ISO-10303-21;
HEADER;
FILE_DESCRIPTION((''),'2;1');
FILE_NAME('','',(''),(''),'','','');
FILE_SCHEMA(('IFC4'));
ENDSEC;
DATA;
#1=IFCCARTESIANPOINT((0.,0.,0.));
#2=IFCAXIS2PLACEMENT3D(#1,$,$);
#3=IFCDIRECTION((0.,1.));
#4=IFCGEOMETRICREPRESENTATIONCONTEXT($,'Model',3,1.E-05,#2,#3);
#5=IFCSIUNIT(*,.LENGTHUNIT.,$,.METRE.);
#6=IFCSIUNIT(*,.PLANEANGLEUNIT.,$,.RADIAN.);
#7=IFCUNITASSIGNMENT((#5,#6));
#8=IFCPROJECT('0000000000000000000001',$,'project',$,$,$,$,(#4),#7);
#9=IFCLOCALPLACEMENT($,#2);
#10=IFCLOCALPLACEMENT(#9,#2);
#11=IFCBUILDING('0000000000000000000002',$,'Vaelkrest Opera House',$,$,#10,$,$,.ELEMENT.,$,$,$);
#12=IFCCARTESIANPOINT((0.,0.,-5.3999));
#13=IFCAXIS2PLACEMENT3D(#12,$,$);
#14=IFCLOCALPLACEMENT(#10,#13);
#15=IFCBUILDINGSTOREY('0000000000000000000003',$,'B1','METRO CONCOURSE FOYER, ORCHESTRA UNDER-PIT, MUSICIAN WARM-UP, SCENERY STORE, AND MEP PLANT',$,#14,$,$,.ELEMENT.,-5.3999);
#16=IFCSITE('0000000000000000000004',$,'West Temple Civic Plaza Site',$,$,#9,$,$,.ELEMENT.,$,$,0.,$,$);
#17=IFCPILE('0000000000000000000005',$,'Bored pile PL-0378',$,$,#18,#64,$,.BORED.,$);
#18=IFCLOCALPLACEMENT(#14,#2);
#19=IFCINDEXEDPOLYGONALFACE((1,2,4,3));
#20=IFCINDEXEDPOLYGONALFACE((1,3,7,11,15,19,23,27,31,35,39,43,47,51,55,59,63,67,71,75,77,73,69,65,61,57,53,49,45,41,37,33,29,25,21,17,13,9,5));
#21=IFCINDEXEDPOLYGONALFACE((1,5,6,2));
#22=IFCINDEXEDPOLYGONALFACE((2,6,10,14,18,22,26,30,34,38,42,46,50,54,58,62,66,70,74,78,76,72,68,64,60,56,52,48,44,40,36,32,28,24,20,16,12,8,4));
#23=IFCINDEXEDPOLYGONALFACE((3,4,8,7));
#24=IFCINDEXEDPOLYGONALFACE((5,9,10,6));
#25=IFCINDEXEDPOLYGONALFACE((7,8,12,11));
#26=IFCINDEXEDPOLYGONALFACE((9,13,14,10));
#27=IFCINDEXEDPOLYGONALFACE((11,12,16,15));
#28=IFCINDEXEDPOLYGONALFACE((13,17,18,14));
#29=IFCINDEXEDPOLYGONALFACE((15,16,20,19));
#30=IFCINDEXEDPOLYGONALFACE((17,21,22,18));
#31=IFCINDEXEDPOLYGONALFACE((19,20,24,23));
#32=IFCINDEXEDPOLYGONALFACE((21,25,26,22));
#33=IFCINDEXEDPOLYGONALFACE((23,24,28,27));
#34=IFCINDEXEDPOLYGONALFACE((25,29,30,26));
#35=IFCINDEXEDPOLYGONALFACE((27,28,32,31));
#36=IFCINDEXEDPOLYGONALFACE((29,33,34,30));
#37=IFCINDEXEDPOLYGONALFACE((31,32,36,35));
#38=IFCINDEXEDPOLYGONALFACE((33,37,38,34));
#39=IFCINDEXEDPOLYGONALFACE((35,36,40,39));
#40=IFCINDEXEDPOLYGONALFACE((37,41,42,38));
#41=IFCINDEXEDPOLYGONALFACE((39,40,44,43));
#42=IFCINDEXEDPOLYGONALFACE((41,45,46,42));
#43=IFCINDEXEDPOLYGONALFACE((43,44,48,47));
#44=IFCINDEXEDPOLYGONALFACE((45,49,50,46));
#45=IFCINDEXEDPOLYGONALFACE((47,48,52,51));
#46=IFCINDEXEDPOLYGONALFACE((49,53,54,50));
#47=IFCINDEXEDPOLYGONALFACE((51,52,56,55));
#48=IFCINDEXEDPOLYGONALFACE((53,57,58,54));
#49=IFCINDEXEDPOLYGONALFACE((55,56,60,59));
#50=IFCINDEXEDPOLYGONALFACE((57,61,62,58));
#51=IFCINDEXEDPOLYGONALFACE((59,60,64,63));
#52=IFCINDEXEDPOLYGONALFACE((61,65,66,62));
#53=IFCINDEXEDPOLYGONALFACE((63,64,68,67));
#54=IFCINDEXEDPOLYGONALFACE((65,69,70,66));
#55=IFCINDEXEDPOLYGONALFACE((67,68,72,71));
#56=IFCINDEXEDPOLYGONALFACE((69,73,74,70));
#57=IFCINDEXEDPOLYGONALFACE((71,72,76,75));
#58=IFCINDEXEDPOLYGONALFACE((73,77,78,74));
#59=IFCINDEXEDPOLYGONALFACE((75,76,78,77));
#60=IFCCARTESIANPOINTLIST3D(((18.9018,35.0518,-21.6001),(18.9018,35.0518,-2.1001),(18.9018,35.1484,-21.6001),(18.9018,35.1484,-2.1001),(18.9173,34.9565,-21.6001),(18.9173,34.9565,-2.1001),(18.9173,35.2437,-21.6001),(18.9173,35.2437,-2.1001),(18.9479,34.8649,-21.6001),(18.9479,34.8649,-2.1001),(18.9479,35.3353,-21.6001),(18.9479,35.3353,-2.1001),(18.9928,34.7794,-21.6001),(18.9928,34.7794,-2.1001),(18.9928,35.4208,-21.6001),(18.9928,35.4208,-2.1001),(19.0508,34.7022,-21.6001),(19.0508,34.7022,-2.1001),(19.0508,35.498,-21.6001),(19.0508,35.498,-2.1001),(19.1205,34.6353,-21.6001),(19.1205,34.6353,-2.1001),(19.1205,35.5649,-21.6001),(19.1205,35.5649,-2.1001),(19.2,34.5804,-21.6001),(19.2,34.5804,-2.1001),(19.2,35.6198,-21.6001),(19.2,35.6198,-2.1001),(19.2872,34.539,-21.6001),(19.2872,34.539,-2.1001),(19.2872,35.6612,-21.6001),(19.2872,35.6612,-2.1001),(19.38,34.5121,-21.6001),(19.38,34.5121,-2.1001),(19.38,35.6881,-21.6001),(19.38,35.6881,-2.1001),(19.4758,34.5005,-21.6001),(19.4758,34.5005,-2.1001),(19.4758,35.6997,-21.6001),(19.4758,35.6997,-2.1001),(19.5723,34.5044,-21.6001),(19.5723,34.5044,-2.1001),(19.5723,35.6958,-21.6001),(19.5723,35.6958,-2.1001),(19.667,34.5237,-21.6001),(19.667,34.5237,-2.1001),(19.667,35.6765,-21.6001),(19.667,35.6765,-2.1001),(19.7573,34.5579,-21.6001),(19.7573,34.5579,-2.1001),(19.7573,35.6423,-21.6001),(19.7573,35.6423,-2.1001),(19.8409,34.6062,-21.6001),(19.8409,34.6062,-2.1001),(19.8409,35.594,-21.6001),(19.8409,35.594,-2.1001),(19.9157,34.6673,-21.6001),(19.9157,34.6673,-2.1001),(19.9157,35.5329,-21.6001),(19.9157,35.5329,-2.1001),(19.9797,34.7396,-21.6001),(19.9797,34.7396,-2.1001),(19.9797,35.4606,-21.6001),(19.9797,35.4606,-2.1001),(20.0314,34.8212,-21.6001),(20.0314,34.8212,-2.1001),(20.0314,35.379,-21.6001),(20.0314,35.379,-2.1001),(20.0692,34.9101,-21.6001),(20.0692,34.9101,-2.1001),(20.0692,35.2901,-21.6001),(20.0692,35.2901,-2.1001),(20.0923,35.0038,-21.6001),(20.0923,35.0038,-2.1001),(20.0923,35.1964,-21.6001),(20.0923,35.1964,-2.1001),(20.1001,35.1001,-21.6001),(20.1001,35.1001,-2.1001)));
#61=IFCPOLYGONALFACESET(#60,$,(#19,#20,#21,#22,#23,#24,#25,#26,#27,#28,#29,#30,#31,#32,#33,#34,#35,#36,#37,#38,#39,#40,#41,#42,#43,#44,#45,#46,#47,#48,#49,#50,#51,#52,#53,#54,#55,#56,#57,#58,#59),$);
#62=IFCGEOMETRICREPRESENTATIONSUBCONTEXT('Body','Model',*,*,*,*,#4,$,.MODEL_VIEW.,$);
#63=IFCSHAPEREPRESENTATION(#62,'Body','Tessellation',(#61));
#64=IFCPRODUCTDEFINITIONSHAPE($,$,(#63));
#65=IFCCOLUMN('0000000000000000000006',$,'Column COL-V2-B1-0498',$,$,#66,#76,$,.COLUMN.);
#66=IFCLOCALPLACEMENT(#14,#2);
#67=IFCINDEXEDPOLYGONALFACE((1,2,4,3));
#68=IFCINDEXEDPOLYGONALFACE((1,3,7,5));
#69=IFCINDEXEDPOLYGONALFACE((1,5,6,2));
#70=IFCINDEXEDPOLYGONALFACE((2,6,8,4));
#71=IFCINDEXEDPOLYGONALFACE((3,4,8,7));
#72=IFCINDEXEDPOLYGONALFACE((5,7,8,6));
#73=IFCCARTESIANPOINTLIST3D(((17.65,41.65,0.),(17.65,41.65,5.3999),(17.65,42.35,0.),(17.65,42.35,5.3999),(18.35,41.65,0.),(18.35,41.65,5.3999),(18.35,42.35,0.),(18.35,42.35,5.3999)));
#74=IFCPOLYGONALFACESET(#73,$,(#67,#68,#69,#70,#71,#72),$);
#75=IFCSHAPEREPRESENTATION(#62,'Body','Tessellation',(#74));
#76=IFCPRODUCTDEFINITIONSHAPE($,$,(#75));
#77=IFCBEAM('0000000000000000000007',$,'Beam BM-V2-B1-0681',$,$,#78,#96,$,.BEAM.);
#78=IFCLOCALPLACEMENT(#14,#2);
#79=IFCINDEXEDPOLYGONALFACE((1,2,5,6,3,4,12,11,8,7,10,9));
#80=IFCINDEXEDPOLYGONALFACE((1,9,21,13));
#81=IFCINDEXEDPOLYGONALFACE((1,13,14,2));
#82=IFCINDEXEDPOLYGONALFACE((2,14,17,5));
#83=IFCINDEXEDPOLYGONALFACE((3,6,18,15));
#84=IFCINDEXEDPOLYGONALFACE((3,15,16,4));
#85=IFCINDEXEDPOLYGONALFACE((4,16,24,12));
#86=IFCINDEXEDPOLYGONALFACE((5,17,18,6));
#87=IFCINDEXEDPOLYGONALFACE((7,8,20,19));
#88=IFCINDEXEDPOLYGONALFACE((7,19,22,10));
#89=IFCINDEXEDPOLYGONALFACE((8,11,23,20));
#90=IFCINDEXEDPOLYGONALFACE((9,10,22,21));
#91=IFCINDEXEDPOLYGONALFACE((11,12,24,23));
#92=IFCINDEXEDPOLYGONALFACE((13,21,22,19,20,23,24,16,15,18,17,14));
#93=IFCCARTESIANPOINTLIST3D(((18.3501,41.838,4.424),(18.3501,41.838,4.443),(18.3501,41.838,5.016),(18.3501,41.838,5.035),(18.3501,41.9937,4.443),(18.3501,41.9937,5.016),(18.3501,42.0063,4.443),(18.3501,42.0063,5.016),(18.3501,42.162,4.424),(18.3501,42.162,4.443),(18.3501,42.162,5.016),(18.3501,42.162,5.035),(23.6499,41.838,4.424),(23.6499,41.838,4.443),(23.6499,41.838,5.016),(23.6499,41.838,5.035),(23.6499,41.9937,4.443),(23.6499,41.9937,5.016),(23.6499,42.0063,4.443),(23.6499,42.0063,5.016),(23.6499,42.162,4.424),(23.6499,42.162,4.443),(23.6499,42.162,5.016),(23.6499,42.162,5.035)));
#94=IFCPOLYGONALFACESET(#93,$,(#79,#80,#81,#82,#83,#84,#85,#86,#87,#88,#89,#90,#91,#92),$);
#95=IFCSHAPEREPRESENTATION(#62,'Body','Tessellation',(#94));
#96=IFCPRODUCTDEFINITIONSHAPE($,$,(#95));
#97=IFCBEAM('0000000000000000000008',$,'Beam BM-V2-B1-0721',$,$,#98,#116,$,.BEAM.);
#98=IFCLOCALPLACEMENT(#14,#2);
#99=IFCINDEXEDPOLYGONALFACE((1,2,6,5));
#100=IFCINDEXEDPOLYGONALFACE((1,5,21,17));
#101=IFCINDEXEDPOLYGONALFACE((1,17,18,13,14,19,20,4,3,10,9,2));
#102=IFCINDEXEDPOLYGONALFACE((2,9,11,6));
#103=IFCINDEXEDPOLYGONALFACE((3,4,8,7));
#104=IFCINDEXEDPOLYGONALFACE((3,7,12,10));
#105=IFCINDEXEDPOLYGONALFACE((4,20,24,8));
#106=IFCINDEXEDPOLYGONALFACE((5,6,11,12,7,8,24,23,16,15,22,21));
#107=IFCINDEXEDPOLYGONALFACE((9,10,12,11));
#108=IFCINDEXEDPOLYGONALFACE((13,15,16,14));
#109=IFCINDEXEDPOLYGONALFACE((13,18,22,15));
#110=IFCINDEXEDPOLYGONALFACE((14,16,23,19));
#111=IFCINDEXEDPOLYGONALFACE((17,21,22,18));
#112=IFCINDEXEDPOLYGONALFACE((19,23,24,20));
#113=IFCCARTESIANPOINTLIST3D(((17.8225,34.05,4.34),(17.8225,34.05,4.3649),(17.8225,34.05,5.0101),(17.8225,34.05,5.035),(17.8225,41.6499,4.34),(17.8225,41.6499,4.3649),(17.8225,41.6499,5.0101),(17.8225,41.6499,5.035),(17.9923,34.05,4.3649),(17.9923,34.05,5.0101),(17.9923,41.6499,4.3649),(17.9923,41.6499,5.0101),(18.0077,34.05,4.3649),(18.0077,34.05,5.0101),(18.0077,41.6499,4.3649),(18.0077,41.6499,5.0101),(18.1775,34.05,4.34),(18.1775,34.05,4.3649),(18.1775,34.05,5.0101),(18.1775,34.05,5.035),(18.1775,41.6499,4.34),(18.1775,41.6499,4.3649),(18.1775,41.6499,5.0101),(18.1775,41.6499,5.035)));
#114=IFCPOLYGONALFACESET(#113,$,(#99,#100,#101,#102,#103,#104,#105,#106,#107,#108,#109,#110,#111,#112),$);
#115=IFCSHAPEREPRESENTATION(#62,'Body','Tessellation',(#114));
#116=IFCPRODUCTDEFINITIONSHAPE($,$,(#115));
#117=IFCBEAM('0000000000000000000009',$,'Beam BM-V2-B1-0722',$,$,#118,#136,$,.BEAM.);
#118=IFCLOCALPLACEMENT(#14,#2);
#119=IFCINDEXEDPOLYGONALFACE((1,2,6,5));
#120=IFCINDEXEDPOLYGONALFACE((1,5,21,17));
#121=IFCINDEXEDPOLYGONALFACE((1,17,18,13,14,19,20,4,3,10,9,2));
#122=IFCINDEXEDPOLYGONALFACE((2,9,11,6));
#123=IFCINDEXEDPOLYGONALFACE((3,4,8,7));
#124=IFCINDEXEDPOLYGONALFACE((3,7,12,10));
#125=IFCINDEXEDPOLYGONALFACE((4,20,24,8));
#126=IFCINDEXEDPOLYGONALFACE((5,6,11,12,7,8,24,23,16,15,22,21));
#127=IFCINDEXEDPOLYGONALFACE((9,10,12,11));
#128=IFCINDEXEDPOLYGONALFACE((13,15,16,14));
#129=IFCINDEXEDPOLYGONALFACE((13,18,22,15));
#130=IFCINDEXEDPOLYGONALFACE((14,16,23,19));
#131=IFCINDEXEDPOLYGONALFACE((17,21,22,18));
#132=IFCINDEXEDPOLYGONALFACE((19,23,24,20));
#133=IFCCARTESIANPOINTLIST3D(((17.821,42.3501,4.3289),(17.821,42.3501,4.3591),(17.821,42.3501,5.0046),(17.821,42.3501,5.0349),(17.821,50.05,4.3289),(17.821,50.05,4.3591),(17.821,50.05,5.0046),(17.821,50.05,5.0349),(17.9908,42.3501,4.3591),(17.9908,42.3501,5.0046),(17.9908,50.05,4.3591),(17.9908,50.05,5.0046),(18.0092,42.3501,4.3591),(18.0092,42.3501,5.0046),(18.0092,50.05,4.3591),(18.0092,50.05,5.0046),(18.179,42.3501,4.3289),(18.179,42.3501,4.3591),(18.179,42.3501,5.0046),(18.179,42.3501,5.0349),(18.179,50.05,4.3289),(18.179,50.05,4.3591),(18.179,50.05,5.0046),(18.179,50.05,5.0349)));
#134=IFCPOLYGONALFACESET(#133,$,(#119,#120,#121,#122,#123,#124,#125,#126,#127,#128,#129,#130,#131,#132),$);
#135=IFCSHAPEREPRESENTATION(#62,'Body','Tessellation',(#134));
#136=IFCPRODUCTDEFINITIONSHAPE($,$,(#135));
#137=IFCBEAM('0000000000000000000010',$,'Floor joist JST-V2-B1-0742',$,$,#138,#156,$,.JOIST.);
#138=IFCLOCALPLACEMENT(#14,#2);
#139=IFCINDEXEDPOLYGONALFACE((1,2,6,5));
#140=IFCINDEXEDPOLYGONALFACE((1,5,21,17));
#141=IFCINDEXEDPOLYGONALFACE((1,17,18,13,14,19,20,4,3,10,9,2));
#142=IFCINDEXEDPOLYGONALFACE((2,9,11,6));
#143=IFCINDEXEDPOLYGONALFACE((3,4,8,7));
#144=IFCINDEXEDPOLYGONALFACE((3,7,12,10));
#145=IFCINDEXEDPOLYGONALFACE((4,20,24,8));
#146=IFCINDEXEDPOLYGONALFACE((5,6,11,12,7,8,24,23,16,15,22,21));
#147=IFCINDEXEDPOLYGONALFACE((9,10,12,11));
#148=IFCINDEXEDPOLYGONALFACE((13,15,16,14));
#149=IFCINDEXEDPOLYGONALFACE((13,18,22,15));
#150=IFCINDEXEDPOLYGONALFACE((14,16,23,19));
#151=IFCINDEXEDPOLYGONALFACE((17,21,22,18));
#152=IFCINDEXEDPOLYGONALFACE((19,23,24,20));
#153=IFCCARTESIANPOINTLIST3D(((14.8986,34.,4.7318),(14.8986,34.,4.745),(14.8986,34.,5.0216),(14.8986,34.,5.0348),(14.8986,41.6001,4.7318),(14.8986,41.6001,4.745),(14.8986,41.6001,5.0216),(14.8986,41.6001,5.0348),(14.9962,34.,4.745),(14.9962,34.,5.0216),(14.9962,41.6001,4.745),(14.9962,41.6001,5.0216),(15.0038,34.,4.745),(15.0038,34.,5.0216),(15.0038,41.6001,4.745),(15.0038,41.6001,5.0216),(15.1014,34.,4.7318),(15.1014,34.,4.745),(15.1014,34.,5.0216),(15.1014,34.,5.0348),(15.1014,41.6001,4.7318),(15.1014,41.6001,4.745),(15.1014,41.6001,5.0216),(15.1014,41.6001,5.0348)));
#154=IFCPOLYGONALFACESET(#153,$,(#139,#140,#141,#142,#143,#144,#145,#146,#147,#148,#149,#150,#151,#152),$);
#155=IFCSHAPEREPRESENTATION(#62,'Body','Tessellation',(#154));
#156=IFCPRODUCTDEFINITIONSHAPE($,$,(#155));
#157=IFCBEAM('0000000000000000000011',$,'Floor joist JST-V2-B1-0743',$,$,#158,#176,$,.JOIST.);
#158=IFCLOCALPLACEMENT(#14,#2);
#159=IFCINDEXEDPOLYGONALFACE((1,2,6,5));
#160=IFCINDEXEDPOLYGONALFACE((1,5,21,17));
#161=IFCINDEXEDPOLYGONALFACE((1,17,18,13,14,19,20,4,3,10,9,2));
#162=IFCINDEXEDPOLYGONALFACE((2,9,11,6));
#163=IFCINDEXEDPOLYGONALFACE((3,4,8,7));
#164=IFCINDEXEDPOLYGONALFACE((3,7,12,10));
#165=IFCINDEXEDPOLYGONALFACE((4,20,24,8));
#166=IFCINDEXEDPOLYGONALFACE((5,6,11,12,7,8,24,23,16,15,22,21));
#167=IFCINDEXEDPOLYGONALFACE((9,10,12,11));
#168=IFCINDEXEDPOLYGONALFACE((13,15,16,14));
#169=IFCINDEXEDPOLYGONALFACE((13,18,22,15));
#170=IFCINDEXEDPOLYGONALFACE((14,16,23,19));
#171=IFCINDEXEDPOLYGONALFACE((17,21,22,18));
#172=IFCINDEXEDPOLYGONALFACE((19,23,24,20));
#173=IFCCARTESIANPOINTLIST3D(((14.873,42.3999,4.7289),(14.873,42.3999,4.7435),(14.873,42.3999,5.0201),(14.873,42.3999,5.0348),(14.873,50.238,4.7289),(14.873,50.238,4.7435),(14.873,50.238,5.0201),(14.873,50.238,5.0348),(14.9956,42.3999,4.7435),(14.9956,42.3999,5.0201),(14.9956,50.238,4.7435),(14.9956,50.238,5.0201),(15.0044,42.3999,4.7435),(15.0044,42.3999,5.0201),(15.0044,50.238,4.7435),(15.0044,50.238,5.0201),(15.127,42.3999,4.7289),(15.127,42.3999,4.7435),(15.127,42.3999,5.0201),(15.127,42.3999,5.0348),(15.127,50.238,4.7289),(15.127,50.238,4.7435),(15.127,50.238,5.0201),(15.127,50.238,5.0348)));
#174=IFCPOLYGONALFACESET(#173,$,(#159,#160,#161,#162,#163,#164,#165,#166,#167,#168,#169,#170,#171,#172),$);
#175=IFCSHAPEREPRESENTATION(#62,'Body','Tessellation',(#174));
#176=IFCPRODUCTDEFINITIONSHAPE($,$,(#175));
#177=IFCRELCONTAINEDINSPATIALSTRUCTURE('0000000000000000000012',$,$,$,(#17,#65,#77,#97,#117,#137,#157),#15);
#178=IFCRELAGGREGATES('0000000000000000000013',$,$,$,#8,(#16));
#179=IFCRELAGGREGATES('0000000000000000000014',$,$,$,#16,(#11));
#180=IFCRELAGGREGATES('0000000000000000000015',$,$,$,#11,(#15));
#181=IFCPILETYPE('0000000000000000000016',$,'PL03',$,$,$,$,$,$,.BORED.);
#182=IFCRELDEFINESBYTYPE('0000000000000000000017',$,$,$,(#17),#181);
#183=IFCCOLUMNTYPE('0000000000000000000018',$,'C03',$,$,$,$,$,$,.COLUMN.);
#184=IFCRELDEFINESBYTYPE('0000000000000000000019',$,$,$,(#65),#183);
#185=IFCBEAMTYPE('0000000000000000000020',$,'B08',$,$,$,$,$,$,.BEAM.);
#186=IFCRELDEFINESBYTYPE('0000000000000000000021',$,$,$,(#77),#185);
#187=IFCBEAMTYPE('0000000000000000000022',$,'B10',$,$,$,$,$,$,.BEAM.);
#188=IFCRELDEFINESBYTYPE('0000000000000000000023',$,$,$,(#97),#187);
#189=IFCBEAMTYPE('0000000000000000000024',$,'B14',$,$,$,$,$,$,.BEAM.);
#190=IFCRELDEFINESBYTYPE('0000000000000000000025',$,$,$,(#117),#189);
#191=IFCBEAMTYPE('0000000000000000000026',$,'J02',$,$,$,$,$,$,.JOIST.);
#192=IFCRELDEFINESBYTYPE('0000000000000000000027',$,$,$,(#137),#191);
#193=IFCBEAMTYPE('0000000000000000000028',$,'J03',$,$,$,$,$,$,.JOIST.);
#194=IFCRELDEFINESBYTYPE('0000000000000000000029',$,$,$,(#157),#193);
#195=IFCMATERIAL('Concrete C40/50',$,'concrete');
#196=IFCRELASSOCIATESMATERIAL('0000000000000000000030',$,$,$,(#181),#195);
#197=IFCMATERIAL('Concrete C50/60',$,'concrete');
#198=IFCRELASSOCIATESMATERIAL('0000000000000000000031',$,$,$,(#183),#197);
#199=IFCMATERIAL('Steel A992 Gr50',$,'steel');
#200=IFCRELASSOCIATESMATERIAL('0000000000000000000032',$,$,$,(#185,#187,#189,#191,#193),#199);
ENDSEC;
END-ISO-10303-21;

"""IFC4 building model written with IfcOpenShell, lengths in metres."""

from ifc_helpers import new_model, si_unit, direction, frame, origin, origin_2d, place, context, subcontext, project, spatial, rectangle, circle, i_section, extrude, material, material_profile, profile_set, type_object, element, save


model = new_model("IFC4")

# Units and contexts
model_context = context("Model", 3, precision=1e-05, world=origin(), true_north=direction((0.0, 1.0)))
body_context = subcontext(model_context, "Body", "Model", "MODEL_VIEW")
ifc_project = project(units=[si_unit("LENGTHUNIT", "METRE"), si_unit("PLANEANGLEUNIT", "RADIAN")], contexts=[model_context])

# Site, building, storey
site_placement = place(None, origin())
site = spatial("IfcSite", under=ifc_project, at=site_placement, Name="West Temple Civic Plaza Site", CompositionType="ELEMENT", RefElevation=0.0)
building_placement = place(site_placement, origin())
building = spatial("IfcBuilding", under=site, at=building_placement, Name="Vaelkrest Opera House", CompositionType="ELEMENT")
storey_placement = place(building_placement, frame((0.0, 0.0, -5.3999)))
storey = spatial("IfcBuildingStorey", under=building, at=storey_placement, Name="B1", Description="METRO CONCOURSE FOYER, ORCHESTRA UNDER-PIT, MUSICIAN WARM-UP, SCENERY STORE, AND MEP PLANT", CompositionType="ELEMENT", Elevation=-5.3999)

# Shared definitions
ifc_material_1 = material(Name="Concrete C40/50", Category="concrete")

# Pile
ifc_material_profile_1 = material_profile(ifc_material_1, circle(Radius=0.6001, at=origin_2d()), Name="PILE1200")
ifc_profile_set_1 = profile_set([ifc_material_profile_1], Name="Concrete C40/50")
pile_type_1 = type_object("IfcPileType", Name="PL03", PredefinedType="BORED", material=ifc_profile_set_1)
for number, where, z_axis, x_axis, name in (
    (1, (19.5, 35.1001, -2.1001), (0.0, 0.0, -1.0), (1.0, 0.0, 0.0), "Bored pile PL-0378"),
):
    element("IfcPile", number, at=place(storey_placement, frame(where, z_axis=z_axis, x_axis=x_axis)), inside=storey, type_object=pile_type_1, Name=name, PredefinedType="BORED", context=body_context, shape_type="SweptSolid", body=[
        extrude(circle(Radius=0.6001, at=origin_2d()), origin(), (0.0, 0.0, 1.0), 19.5),
    ])

# Column
ifc_material_2 = material(Name="Concrete C50/60", Category="concrete")
ifc_material_profile_2 = material_profile(ifc_material_2, rectangle(XDim=0.7, YDim=0.7, at=origin_2d()), Name="RC700X700")
ifc_profile_set_2 = profile_set([ifc_material_profile_2], Name="Concrete C50/60")
column_type = type_object("IfcColumnType", Name="C03", PredefinedType="COLUMN", material=ifc_profile_set_2)
column_placement = place(storey_placement, frame((18.0, 42.0, 0.0), z_axis=(0.0, 0.0, 1.0), x_axis=(1.0, 0.0, 0.0)))
element("IfcColumn", 2, at=column_placement, inside=storey, type_object=column_type, Name="Column COL-V2-B1-0498", PredefinedType="COLUMN", context=body_context, shape_type="SweptSolid", body=[
    extrude(rectangle(XDim=0.7, YDim=0.7, at=origin_2d()), origin(), (0.0, 0.0, 1.0), 5.3999),
])

# Beams
ifc_material_3 = material(Name="Steel A992 Gr50", Category="steel")
ifc_material_profile_3 = material_profile(ifc_material_3, i_section(OverallWidth=0.324, OverallDepth=0.6111, WebThickness=0.0127, FlangeThickness=0.019, at=origin_2d()), Name="W24X104")
ifc_profile_set_3 = profile_set([ifc_material_profile_3], Name="Steel A992 Gr50")
beam_type_1 = type_object("IfcBeamType", Name="B08", PredefinedType="BEAM", material=ifc_profile_set_3)
beam_1_placement = place(storey_placement, frame((18.3501, 42.0, 4.7295), z_axis=(1.0, 0.0, 0.0), x_axis=(0.0, 1.0, 0.0)))
element("IfcBeam", 3, at=beam_1_placement, inside=storey, type_object=beam_type_1, Name="Beam BM-V2-B1-0681", PredefinedType="BEAM", context=body_context, shape_type="SweptSolid", body=[
    extrude(i_section(OverallWidth=0.324, OverallDepth=0.6111, WebThickness=0.0127, FlangeThickness=0.019, at=origin_2d()), origin(), (0.0, 0.0, 1.0), 5.2998),
])
ifc_material_profile_4 = material_profile(ifc_material_3, i_section(OverallWidth=0.355, OverallDepth=0.6951, WebThickness=0.0154, FlangeThickness=0.0249, at=origin_2d()), Name="W27X146")
ifc_profile_set_4 = profile_set([ifc_material_profile_4], Name="Steel A992 Gr50")
beam_type_2 = type_object("IfcBeamType", Name="B10", PredefinedType="BEAM", material=ifc_profile_set_4)
beam_2_placement = place(storey_placement, frame((18.0, 34.05, 4.6875), z_axis=(0.0, 1.0, 0.0), x_axis=(-1.0, 0.0, 0.0)))
element("IfcBeam", 4, at=beam_2_placement, inside=storey, type_object=beam_type_2, Name="Beam BM-V2-B1-0721", PredefinedType="BEAM", context=body_context, shape_type="SweptSolid", body=[
    extrude(i_section(OverallWidth=0.355, OverallDepth=0.6951, WebThickness=0.0154, FlangeThickness=0.0249, at=origin_2d()), origin(), (0.0, 0.0, 1.0), 7.5999),
])
ifc_material_profile_5 = material_profile(ifc_material_3, i_section(OverallWidth=0.3579, OverallDepth=0.7061, WebThickness=0.0183, FlangeThickness=0.0303, at=origin_2d()), Name="W27X178")
ifc_profile_set_5 = profile_set([ifc_material_profile_5], Name="Steel A992 Gr50")
beam_type_3 = type_object("IfcBeamType", Name="B14", PredefinedType="BEAM", material=ifc_profile_set_5)
beam_3_placement = place(storey_placement, frame((18.0, 42.3501, 4.6819), z_axis=(0.0, 1.0, 0.0), x_axis=(-1.0, 0.0, 0.0)))
element("IfcBeam", 5, at=beam_3_placement, inside=storey, type_object=beam_type_3, Name="Beam BM-V2-B1-0722", PredefinedType="BEAM", context=body_context, shape_type="SweptSolid", body=[
    extrude(i_section(OverallWidth=0.3579, OverallDepth=0.7061, WebThickness=0.0183, FlangeThickness=0.0303, at=origin_2d()), origin(), (0.0, 0.0, 1.0), 7.7),
])
ifc_material_profile_6 = material_profile(ifc_material_3, i_section(OverallWidth=0.2029, OverallDepth=0.303, WebThickness=0.0076, FlangeThickness=0.0132, at=origin_2d()), Name="W12X40")
ifc_profile_set_6 = profile_set([ifc_material_profile_6], Name="Steel A992 Gr50")
beam_type_4 = type_object("IfcBeamType", Name="J02", PredefinedType="JOIST", material=ifc_profile_set_6)
beam_4_placement = place(storey_placement, frame((15.0, 34.0, 4.8833), z_axis=(0.0, 1.0, 0.0), x_axis=(-1.0, 0.0, 0.0)))
element("IfcBeam", 6, at=beam_4_placement, inside=storey, type_object=beam_type_4, Name="Floor joist JST-V2-B1-0742", PredefinedType="JOIST", context=body_context, shape_type="SweptSolid", body=[
    extrude(i_section(OverallWidth=0.2029, OverallDepth=0.303, WebThickness=0.0076, FlangeThickness=0.0132, at=origin_2d()), origin(), (0.0, 0.0, 1.0), 7.6001),
])
ifc_material_profile_7 = material_profile(ifc_material_3, i_section(OverallWidth=0.2539, OverallDepth=0.3059, WebThickness=0.0088, FlangeThickness=0.0146, at=origin_2d()), Name="W12X53")
ifc_profile_set_7 = profile_set([ifc_material_profile_7], Name="Steel A992 Gr50")
beam_type_5 = type_object("IfcBeamType", Name="J03", PredefinedType="JOIST", material=ifc_profile_set_7)
beam_5_placement = place(storey_placement, frame((15.0, 42.3999, 4.8818), z_axis=(0.0, 1.0, 0.0), x_axis=(-1.0, 0.0, 0.0)))
element("IfcBeam", 7, at=beam_5_placement, inside=storey, type_object=beam_type_5, Name="Floor joist JST-V2-B1-0743", PredefinedType="JOIST", context=body_context, shape_type="SweptSolid", body=[
    extrude(i_section(OverallWidth=0.2539, OverallDepth=0.3059, WebThickness=0.0088, FlangeThickness=0.0146, at=origin_2d()), origin(), (0.0, 0.0, 1.0), 7.8381),
])

save(model, "model.ifc")
